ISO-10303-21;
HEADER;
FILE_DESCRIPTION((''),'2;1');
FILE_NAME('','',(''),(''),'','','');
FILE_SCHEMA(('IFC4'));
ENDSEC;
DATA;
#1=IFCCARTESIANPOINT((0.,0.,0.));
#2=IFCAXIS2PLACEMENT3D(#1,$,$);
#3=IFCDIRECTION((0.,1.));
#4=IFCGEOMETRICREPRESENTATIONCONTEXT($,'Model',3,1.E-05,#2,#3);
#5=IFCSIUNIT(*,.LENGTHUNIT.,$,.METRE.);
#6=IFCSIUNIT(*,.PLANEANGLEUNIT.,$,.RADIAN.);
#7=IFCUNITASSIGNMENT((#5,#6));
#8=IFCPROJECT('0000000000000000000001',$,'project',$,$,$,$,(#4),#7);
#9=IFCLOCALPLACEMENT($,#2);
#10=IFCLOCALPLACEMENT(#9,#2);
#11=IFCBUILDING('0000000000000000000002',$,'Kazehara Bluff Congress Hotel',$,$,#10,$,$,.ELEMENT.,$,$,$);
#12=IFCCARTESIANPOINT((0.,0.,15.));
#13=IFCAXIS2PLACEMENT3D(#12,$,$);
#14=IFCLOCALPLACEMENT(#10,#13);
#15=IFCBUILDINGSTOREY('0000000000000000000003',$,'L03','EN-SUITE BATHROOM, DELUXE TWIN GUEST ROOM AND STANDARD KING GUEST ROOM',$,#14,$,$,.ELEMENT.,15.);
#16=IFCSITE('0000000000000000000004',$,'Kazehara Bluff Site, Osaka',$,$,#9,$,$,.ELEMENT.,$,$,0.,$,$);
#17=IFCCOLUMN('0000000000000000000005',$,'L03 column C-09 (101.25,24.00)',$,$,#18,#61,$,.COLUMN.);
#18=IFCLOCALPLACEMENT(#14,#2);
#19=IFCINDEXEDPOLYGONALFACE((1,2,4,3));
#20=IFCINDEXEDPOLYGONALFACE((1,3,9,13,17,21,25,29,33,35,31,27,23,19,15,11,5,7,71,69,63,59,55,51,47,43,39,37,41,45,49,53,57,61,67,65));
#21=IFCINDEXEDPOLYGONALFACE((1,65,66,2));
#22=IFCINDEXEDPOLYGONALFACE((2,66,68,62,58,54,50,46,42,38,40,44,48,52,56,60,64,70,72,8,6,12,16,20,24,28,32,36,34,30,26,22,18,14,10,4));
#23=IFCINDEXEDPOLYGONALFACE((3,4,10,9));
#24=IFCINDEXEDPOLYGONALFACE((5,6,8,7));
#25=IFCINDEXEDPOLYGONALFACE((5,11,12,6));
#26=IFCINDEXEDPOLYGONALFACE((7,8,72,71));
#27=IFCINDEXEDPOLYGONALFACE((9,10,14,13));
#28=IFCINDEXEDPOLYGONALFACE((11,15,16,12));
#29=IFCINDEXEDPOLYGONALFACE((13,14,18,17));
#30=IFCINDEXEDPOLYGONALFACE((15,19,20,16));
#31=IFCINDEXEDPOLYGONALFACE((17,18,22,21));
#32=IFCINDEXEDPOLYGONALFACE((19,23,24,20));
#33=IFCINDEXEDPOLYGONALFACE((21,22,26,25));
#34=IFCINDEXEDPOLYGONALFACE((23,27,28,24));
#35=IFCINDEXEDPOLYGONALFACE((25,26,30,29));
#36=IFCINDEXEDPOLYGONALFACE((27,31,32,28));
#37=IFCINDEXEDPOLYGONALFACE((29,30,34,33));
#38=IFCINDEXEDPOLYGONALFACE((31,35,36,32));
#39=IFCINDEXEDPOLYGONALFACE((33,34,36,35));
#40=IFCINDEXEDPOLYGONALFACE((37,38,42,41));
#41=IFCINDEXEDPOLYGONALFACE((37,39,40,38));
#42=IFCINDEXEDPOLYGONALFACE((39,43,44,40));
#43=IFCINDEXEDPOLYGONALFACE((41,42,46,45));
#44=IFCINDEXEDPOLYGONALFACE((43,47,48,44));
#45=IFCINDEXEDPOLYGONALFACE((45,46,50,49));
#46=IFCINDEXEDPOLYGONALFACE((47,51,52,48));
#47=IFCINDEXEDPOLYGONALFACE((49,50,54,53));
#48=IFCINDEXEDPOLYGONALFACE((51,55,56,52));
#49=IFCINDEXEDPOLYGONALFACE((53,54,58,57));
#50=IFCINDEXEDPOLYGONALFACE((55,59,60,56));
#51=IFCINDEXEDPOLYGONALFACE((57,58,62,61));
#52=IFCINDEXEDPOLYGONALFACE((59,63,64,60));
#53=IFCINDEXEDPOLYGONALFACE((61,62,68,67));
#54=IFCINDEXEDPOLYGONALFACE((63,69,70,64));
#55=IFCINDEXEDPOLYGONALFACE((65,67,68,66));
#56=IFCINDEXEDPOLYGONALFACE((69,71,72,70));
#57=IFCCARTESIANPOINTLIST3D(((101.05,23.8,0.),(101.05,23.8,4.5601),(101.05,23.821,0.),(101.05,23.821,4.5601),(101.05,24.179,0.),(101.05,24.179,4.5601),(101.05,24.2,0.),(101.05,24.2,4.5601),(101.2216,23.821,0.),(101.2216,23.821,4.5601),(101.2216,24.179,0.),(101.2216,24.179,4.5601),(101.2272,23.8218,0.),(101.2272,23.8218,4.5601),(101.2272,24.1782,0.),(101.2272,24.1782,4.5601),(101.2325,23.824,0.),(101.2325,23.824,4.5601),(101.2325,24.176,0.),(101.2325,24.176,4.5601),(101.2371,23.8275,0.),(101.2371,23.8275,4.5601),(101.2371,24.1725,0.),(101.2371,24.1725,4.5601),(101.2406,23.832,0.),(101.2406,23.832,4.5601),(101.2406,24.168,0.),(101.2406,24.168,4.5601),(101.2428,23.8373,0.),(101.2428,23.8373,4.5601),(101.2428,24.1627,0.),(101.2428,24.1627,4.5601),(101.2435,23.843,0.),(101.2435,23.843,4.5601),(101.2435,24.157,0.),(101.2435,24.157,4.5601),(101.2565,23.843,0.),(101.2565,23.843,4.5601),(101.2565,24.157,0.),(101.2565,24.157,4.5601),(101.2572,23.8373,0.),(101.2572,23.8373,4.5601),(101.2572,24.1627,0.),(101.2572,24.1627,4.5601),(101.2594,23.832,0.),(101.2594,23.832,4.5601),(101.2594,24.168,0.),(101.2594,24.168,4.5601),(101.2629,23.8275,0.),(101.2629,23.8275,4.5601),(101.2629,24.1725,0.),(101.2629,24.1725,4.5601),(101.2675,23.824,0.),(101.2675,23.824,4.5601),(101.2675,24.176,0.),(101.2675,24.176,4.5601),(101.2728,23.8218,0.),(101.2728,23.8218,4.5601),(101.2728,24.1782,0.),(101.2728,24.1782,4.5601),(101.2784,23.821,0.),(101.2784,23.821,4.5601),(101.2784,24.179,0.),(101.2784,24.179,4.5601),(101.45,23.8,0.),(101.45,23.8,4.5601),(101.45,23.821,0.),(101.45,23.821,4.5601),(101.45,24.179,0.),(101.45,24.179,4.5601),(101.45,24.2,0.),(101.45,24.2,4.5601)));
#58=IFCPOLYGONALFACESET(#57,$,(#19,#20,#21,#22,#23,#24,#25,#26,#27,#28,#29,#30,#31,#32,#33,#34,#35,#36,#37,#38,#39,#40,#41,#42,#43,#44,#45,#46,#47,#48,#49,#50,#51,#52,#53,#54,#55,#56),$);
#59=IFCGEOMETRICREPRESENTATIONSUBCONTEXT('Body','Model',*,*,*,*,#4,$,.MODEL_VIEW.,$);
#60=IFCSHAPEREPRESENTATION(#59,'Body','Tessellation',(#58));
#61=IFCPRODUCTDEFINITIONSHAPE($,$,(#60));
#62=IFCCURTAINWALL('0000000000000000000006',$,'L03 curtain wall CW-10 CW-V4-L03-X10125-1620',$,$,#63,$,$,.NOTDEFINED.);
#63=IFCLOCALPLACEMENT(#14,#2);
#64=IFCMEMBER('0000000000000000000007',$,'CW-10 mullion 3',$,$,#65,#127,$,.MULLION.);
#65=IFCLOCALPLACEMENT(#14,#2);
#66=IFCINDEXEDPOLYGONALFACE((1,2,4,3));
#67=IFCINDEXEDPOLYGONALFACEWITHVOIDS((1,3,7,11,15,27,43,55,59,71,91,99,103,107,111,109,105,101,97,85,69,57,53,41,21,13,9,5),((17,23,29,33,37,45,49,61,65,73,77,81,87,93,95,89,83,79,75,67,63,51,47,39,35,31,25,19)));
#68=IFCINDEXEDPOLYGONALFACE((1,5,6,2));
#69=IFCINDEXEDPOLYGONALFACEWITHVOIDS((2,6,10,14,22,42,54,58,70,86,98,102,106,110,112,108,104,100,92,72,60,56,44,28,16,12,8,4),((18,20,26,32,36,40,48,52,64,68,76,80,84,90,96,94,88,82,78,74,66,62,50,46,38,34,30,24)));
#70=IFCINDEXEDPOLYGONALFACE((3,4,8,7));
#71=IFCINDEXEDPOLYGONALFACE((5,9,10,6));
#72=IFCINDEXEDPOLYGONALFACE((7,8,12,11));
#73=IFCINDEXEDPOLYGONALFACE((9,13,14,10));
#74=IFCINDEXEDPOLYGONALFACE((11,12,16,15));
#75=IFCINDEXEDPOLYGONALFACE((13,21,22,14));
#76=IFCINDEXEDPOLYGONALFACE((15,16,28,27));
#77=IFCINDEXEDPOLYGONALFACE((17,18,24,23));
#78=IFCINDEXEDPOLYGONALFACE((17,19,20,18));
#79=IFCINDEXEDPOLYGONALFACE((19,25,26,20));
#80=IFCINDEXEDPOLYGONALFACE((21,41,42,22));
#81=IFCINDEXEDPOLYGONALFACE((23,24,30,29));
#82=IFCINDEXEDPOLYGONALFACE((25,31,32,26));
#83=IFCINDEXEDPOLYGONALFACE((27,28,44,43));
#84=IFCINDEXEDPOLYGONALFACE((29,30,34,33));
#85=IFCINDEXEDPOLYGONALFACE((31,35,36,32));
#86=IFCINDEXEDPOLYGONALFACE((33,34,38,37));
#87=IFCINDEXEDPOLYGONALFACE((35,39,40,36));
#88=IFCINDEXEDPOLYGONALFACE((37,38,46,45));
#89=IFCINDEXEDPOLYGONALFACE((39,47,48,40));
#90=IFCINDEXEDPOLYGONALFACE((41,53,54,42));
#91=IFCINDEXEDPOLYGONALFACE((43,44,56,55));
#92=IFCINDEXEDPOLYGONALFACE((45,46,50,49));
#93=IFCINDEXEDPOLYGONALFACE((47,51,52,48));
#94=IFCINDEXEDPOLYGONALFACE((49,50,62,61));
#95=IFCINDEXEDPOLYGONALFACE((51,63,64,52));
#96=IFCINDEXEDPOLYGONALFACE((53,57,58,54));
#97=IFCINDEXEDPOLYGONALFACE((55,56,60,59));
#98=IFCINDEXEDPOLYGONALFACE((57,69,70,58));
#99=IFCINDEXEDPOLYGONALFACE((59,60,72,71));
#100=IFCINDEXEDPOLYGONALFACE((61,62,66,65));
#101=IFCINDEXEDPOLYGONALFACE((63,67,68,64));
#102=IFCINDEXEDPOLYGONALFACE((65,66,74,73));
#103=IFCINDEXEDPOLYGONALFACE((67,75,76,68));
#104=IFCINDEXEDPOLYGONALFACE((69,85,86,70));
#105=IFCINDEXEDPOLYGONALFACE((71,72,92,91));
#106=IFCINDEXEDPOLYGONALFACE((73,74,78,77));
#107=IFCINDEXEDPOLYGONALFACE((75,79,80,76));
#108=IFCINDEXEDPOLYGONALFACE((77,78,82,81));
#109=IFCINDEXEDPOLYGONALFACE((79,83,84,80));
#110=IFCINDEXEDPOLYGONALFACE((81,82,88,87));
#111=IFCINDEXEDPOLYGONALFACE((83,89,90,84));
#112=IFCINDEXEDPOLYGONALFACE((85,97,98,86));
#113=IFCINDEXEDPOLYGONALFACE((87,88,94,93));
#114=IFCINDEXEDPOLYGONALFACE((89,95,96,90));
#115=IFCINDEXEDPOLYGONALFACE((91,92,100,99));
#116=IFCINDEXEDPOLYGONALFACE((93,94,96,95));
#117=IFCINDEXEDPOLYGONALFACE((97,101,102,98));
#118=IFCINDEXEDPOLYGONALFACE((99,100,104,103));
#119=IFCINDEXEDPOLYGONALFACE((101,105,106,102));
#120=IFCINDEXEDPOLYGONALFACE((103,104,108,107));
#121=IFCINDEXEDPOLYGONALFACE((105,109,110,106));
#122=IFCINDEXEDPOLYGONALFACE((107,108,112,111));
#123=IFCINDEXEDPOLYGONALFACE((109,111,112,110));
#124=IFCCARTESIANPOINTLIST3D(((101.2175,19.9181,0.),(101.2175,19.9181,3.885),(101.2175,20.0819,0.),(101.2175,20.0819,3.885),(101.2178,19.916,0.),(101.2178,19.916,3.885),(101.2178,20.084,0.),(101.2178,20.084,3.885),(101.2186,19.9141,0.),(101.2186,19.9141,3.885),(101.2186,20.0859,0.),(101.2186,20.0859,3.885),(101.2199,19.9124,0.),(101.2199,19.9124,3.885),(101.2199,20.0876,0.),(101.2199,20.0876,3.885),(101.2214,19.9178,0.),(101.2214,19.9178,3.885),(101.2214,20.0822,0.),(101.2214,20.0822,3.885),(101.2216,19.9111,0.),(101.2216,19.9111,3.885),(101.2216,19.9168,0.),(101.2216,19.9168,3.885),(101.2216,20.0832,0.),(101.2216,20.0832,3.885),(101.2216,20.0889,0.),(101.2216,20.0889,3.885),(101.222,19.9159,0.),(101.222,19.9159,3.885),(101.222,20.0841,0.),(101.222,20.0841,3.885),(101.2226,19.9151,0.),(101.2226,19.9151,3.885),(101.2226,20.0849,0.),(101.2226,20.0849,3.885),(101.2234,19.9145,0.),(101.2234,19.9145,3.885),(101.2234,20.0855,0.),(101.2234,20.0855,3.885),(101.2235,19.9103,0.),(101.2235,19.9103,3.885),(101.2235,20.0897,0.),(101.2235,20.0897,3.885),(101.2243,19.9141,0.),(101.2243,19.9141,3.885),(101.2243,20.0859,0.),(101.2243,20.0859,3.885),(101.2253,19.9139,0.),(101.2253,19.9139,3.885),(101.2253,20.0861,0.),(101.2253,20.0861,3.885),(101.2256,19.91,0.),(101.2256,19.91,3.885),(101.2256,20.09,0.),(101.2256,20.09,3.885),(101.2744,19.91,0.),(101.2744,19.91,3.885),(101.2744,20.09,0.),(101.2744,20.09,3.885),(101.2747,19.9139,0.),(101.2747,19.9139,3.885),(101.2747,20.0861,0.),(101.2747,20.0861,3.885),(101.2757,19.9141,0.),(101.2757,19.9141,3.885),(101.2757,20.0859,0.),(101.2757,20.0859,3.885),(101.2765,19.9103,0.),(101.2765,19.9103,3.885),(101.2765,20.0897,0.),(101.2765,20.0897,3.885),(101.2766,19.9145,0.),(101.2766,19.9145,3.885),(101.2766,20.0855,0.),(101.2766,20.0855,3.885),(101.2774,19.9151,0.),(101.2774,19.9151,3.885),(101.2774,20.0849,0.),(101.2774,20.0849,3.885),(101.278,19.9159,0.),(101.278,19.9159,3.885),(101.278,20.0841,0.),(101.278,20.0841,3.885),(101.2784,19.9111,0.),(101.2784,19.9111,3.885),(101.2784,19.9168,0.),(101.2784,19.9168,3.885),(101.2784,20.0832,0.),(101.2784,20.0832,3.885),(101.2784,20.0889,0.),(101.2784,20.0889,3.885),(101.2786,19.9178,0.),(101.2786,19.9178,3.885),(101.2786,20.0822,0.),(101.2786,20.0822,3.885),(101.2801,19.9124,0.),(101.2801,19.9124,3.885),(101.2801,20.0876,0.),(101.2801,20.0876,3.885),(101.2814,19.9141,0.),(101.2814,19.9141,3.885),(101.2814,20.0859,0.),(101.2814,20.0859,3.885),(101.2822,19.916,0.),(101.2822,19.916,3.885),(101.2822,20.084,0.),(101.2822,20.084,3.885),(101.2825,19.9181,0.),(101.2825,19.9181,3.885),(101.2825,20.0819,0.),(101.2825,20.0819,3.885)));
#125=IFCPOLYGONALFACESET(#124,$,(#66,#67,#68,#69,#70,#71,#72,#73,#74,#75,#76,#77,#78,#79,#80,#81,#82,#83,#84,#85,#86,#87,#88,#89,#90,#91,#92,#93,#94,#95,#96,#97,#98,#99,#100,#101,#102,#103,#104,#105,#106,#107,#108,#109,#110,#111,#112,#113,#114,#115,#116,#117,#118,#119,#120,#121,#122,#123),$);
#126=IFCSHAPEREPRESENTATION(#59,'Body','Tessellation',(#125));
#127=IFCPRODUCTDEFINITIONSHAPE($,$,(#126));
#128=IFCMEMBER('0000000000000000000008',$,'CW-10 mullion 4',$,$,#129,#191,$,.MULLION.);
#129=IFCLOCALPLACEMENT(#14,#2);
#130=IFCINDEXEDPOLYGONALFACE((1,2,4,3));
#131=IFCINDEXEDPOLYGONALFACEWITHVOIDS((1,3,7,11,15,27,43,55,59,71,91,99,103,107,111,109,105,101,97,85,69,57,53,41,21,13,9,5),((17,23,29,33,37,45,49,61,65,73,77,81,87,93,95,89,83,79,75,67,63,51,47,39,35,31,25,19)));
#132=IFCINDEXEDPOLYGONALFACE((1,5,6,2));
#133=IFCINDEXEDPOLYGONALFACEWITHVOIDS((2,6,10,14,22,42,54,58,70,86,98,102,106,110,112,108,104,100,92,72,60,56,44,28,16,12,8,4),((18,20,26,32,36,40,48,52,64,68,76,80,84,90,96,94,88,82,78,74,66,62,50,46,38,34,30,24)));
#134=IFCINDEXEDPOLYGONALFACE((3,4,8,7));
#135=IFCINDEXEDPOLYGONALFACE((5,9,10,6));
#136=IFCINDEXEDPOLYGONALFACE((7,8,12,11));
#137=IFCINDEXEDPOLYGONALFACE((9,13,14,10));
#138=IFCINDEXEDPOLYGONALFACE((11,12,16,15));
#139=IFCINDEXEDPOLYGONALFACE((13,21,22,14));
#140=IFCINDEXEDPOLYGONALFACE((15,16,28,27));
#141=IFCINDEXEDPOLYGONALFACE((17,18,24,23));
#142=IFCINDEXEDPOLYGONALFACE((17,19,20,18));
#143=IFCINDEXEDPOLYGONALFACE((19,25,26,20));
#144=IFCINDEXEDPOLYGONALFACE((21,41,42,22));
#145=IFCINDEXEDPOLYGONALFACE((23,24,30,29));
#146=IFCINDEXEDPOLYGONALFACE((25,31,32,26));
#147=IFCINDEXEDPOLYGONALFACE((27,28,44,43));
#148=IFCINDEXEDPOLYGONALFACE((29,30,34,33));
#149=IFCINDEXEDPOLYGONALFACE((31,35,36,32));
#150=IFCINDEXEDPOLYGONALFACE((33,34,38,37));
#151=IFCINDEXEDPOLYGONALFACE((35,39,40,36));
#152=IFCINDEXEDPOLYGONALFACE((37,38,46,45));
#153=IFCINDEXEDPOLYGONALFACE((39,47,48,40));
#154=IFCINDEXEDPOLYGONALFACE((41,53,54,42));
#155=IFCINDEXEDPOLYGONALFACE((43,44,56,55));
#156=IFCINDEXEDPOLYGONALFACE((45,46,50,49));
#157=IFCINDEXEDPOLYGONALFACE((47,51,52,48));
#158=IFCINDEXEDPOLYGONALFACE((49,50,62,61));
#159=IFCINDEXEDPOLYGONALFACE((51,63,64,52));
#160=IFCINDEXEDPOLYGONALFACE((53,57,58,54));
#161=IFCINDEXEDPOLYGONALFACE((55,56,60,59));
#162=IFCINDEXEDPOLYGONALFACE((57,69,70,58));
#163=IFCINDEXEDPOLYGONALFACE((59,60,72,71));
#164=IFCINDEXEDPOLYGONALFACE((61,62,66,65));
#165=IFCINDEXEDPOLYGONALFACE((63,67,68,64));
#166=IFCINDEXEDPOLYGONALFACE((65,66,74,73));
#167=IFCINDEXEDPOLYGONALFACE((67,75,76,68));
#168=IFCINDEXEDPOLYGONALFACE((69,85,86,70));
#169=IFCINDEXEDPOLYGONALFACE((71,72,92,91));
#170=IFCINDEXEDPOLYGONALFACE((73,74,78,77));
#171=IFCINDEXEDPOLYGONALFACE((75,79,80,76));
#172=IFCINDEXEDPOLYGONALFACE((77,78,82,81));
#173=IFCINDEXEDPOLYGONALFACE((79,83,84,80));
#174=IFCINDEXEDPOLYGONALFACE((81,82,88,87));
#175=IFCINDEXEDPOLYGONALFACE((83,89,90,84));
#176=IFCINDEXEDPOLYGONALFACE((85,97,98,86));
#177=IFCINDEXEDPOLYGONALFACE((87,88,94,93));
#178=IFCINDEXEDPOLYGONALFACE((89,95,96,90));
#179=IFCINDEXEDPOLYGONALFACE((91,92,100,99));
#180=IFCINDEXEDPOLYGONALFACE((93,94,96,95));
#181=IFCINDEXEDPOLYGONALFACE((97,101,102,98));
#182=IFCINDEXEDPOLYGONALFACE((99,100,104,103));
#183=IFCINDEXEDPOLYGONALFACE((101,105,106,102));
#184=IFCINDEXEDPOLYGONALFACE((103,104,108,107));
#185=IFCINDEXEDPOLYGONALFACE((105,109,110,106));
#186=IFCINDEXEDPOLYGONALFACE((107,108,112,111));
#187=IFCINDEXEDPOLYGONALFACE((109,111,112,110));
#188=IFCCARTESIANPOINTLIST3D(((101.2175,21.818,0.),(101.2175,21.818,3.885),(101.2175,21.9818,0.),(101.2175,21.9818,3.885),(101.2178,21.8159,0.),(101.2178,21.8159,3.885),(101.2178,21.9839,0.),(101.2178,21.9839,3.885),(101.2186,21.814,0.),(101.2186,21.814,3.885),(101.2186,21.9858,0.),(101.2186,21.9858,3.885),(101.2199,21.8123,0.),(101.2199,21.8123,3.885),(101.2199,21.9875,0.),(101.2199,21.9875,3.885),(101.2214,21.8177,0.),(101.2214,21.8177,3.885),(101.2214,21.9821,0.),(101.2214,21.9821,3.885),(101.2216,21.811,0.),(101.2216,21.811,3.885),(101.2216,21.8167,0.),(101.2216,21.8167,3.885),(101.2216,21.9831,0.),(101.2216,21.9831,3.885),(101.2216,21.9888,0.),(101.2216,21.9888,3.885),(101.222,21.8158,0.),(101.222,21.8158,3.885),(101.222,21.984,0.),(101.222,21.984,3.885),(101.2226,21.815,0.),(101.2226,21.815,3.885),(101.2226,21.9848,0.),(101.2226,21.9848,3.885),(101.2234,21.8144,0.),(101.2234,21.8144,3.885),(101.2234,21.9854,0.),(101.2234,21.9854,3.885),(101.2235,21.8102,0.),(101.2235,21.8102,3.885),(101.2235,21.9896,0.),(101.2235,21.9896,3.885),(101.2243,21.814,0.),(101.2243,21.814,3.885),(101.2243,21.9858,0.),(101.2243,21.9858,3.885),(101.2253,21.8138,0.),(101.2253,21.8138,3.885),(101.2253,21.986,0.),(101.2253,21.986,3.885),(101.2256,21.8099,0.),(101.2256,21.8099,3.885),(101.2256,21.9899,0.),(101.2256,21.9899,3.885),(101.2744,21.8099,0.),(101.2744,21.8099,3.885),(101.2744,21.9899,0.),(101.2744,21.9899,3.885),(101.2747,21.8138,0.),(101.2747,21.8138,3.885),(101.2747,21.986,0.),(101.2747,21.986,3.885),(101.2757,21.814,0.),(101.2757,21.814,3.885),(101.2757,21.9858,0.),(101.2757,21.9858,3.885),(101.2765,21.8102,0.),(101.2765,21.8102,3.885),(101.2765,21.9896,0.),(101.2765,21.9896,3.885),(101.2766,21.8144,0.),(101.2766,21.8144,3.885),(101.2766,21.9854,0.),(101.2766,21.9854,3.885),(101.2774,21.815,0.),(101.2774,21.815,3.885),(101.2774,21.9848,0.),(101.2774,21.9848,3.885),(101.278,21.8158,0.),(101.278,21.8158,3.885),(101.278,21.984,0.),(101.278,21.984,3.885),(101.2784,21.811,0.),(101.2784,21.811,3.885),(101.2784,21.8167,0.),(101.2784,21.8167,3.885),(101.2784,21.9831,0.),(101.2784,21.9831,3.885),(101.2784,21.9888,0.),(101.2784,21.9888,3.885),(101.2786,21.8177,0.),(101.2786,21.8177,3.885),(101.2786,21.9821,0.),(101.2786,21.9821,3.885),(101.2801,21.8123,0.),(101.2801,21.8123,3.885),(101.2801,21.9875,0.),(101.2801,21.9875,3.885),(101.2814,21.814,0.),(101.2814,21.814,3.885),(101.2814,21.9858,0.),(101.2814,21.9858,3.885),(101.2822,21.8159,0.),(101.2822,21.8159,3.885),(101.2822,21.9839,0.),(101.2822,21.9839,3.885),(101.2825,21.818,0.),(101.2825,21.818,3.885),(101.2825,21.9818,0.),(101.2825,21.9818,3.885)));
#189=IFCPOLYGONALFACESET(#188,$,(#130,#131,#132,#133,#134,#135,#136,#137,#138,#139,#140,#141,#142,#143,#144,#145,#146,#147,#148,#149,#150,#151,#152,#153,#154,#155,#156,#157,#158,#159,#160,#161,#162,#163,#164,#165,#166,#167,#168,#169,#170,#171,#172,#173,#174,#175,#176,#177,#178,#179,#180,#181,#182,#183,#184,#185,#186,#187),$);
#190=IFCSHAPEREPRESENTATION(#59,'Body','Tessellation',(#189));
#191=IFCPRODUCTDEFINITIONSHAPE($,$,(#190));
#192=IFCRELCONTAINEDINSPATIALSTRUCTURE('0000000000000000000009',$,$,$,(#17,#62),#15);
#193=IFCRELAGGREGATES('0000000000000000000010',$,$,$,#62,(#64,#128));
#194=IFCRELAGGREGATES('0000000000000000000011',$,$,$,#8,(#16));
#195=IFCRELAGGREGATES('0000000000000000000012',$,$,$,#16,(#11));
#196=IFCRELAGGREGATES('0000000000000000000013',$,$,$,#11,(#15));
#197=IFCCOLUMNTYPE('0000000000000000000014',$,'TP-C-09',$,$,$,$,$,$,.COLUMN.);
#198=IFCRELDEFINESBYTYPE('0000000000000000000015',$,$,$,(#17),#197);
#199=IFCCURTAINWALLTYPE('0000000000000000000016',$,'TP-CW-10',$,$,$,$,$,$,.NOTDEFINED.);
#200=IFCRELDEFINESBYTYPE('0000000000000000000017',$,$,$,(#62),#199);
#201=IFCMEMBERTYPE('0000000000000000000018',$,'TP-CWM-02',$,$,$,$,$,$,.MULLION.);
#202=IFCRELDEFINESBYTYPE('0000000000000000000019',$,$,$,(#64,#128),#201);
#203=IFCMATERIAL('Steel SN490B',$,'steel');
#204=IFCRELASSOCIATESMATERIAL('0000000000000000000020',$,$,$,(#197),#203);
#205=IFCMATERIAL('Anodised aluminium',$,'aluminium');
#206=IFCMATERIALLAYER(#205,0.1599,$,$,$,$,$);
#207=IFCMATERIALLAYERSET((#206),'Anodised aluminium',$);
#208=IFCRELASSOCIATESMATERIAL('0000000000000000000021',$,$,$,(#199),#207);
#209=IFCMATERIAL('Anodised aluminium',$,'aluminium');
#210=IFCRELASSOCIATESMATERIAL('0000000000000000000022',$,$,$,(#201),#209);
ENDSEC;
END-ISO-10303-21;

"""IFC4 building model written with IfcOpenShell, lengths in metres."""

from ifc_helpers import new_model, si_unit, direction, frame, origin, origin_2d, place, context, subcontext, project, spatial, hollow_rectangle, i_section, extrude, material, layer, layer_set, material_profile, profile_set, type_object, element, aggregate, save


model = new_model("IFC4")

# Units and contexts
model_context = context("Model", 3, precision=1e-05, world=origin(), true_north=direction((0.0, 1.0)))
body_context = subcontext(model_context, "Body", "Model", "MODEL_VIEW")
ifc_project = project(units=[si_unit("LENGTHUNIT", "METRE"), si_unit("PLANEANGLEUNIT", "RADIAN")], contexts=[model_context])

# Site, building, storey
site_placement = place(None, origin())
site = spatial("IfcSite", under=ifc_project, at=site_placement, Name="Kazehara Bluff Site, Osaka", CompositionType="ELEMENT", RefElevation=0.0)
building_placement = place(site_placement, origin())
building = spatial("IfcBuilding", under=site, at=building_placement, Name="Kazehara Bluff Congress Hotel", CompositionType="ELEMENT")
storey_placement = place(building_placement, frame((0.0, 0.0, 15.0)))
storey = spatial("IfcBuildingStorey", under=building, at=storey_placement, Name="L03", Description="EN-SUITE BATHROOM, DELUXE TWIN GUEST ROOM AND STANDARD KING GUEST ROOM", CompositionType="ELEMENT", Elevation=15.0)

# Column
ifc_material_1 = material(Name="Steel SN490B", Category="steel")
ifc_material_profile_1 = material_profile(ifc_material_1, i_section(OverallWidth=0.3999, OverallDepth=0.3999, WebThickness=0.0129, FlangeThickness=0.021, FilletRadius=0.022, at=origin_2d()))
ifc_profile_set_1 = profile_set([ifc_material_profile_1], Name="Steel SN490B")
column_type = type_object("IfcColumnType", Name="TP-C-09", PredefinedType="COLUMN", material=ifc_profile_set_1)
column_placement = place(storey_placement, frame((101.25, 24.0, 0.0), z_axis=(0.0, 0.0, 1.0), x_axis=(1.0, 0.0, 0.0)))
element("IfcColumn", 1, at=column_placement, inside=storey, type_object=column_type, Name="L03 column C-09 (101.25,24.00)", PredefinedType="COLUMN", context=body_context, shape_type="SweptSolid", body=[
    extrude(i_section(OverallWidth=0.3999, OverallDepth=0.3999, WebThickness=0.0129, FlangeThickness=0.021, FilletRadius=0.022, at=origin_2d()), origin(), (0.0, 0.0, 1.0), 4.5601),
])

# Curtain wall, members
ifc_material_2 = material(Name="Anodised aluminium", Category="aluminium")
ifc_layer_1 = layer(ifc_material_2, 0.1599)
ifc_layer_set_1 = layer_set([ifc_layer_1], Name="Anodised aluminium")
curtain_wall_type = type_object("IfcCurtainWallType", Name="TP-CW-10", PredefinedType="NOTDEFINED", material=ifc_layer_set_1)
curtain_wall_placement = place(storey_placement, origin())
curtain_wall = element("IfcCurtainWall", 2, at=curtain_wall_placement, inside=storey, type_object=curtain_wall_type, Name="L03 curtain wall CW-10 CW-V4-L03-X10125-1620", PredefinedType="NOTDEFINED")
ifc_material_3 = material(Name="Anodised aluminium", Category="aluminium")
ifc_material_profile_2 = material_profile(ifc_material_3, hollow_rectangle(XDim=0.0649, YDim=0.1799, WallThickness=0.0039, InnerFilletRadius=0.0039, OuterFilletRadius=0.0081, at=origin_2d()))
ifc_profile_set_2 = profile_set([ifc_material_profile_2], Name="Anodised aluminium")
member_type_1 = type_object("IfcMemberType", Name="TP-CWM-02", PredefinedType="MULLION", material=ifc_profile_set_2)
member_1_placement = place(storey_placement, frame((101.25, 20.0, 0.0), z_axis=(0.0, 0.0, 1.0), x_axis=(-1.0, 0.0, 0.0)))
member_1 = element("IfcMember", 3, at=member_1_placement, type_object=member_type_1, Name="CW-10 mullion 3", PredefinedType="MULLION", context=body_context, shape_type="SweptSolid", body=[
    extrude(hollow_rectangle(XDim=0.0649, YDim=0.1799, WallThickness=0.0039, InnerFilletRadius=0.0039, OuterFilletRadius=0.0081, at=origin_2d()), origin(), (0.0, 0.0, 1.0), 3.885),
])
member_2_placement = place(storey_placement, frame((101.25, 21.8999, 0.0), z_axis=(0.0, 0.0, 1.0), x_axis=(-1.0, 0.0, 0.0)))
member_2 = element("IfcMember", 4, at=member_2_placement, type_object=member_type_1, Name="CW-10 mullion 4", PredefinedType="MULLION", context=body_context, shape_type="SweptSolid", body=[
    extrude(hollow_rectangle(XDim=0.0649, YDim=0.1799, WallThickness=0.0039, InnerFilletRadius=0.0039, OuterFilletRadius=0.0081, at=origin_2d()), origin(), (0.0, 0.0, 1.0), 3.885),
])
aggregate(curtain_wall, [member_1, member_2])

save(model, "model.ifc")
